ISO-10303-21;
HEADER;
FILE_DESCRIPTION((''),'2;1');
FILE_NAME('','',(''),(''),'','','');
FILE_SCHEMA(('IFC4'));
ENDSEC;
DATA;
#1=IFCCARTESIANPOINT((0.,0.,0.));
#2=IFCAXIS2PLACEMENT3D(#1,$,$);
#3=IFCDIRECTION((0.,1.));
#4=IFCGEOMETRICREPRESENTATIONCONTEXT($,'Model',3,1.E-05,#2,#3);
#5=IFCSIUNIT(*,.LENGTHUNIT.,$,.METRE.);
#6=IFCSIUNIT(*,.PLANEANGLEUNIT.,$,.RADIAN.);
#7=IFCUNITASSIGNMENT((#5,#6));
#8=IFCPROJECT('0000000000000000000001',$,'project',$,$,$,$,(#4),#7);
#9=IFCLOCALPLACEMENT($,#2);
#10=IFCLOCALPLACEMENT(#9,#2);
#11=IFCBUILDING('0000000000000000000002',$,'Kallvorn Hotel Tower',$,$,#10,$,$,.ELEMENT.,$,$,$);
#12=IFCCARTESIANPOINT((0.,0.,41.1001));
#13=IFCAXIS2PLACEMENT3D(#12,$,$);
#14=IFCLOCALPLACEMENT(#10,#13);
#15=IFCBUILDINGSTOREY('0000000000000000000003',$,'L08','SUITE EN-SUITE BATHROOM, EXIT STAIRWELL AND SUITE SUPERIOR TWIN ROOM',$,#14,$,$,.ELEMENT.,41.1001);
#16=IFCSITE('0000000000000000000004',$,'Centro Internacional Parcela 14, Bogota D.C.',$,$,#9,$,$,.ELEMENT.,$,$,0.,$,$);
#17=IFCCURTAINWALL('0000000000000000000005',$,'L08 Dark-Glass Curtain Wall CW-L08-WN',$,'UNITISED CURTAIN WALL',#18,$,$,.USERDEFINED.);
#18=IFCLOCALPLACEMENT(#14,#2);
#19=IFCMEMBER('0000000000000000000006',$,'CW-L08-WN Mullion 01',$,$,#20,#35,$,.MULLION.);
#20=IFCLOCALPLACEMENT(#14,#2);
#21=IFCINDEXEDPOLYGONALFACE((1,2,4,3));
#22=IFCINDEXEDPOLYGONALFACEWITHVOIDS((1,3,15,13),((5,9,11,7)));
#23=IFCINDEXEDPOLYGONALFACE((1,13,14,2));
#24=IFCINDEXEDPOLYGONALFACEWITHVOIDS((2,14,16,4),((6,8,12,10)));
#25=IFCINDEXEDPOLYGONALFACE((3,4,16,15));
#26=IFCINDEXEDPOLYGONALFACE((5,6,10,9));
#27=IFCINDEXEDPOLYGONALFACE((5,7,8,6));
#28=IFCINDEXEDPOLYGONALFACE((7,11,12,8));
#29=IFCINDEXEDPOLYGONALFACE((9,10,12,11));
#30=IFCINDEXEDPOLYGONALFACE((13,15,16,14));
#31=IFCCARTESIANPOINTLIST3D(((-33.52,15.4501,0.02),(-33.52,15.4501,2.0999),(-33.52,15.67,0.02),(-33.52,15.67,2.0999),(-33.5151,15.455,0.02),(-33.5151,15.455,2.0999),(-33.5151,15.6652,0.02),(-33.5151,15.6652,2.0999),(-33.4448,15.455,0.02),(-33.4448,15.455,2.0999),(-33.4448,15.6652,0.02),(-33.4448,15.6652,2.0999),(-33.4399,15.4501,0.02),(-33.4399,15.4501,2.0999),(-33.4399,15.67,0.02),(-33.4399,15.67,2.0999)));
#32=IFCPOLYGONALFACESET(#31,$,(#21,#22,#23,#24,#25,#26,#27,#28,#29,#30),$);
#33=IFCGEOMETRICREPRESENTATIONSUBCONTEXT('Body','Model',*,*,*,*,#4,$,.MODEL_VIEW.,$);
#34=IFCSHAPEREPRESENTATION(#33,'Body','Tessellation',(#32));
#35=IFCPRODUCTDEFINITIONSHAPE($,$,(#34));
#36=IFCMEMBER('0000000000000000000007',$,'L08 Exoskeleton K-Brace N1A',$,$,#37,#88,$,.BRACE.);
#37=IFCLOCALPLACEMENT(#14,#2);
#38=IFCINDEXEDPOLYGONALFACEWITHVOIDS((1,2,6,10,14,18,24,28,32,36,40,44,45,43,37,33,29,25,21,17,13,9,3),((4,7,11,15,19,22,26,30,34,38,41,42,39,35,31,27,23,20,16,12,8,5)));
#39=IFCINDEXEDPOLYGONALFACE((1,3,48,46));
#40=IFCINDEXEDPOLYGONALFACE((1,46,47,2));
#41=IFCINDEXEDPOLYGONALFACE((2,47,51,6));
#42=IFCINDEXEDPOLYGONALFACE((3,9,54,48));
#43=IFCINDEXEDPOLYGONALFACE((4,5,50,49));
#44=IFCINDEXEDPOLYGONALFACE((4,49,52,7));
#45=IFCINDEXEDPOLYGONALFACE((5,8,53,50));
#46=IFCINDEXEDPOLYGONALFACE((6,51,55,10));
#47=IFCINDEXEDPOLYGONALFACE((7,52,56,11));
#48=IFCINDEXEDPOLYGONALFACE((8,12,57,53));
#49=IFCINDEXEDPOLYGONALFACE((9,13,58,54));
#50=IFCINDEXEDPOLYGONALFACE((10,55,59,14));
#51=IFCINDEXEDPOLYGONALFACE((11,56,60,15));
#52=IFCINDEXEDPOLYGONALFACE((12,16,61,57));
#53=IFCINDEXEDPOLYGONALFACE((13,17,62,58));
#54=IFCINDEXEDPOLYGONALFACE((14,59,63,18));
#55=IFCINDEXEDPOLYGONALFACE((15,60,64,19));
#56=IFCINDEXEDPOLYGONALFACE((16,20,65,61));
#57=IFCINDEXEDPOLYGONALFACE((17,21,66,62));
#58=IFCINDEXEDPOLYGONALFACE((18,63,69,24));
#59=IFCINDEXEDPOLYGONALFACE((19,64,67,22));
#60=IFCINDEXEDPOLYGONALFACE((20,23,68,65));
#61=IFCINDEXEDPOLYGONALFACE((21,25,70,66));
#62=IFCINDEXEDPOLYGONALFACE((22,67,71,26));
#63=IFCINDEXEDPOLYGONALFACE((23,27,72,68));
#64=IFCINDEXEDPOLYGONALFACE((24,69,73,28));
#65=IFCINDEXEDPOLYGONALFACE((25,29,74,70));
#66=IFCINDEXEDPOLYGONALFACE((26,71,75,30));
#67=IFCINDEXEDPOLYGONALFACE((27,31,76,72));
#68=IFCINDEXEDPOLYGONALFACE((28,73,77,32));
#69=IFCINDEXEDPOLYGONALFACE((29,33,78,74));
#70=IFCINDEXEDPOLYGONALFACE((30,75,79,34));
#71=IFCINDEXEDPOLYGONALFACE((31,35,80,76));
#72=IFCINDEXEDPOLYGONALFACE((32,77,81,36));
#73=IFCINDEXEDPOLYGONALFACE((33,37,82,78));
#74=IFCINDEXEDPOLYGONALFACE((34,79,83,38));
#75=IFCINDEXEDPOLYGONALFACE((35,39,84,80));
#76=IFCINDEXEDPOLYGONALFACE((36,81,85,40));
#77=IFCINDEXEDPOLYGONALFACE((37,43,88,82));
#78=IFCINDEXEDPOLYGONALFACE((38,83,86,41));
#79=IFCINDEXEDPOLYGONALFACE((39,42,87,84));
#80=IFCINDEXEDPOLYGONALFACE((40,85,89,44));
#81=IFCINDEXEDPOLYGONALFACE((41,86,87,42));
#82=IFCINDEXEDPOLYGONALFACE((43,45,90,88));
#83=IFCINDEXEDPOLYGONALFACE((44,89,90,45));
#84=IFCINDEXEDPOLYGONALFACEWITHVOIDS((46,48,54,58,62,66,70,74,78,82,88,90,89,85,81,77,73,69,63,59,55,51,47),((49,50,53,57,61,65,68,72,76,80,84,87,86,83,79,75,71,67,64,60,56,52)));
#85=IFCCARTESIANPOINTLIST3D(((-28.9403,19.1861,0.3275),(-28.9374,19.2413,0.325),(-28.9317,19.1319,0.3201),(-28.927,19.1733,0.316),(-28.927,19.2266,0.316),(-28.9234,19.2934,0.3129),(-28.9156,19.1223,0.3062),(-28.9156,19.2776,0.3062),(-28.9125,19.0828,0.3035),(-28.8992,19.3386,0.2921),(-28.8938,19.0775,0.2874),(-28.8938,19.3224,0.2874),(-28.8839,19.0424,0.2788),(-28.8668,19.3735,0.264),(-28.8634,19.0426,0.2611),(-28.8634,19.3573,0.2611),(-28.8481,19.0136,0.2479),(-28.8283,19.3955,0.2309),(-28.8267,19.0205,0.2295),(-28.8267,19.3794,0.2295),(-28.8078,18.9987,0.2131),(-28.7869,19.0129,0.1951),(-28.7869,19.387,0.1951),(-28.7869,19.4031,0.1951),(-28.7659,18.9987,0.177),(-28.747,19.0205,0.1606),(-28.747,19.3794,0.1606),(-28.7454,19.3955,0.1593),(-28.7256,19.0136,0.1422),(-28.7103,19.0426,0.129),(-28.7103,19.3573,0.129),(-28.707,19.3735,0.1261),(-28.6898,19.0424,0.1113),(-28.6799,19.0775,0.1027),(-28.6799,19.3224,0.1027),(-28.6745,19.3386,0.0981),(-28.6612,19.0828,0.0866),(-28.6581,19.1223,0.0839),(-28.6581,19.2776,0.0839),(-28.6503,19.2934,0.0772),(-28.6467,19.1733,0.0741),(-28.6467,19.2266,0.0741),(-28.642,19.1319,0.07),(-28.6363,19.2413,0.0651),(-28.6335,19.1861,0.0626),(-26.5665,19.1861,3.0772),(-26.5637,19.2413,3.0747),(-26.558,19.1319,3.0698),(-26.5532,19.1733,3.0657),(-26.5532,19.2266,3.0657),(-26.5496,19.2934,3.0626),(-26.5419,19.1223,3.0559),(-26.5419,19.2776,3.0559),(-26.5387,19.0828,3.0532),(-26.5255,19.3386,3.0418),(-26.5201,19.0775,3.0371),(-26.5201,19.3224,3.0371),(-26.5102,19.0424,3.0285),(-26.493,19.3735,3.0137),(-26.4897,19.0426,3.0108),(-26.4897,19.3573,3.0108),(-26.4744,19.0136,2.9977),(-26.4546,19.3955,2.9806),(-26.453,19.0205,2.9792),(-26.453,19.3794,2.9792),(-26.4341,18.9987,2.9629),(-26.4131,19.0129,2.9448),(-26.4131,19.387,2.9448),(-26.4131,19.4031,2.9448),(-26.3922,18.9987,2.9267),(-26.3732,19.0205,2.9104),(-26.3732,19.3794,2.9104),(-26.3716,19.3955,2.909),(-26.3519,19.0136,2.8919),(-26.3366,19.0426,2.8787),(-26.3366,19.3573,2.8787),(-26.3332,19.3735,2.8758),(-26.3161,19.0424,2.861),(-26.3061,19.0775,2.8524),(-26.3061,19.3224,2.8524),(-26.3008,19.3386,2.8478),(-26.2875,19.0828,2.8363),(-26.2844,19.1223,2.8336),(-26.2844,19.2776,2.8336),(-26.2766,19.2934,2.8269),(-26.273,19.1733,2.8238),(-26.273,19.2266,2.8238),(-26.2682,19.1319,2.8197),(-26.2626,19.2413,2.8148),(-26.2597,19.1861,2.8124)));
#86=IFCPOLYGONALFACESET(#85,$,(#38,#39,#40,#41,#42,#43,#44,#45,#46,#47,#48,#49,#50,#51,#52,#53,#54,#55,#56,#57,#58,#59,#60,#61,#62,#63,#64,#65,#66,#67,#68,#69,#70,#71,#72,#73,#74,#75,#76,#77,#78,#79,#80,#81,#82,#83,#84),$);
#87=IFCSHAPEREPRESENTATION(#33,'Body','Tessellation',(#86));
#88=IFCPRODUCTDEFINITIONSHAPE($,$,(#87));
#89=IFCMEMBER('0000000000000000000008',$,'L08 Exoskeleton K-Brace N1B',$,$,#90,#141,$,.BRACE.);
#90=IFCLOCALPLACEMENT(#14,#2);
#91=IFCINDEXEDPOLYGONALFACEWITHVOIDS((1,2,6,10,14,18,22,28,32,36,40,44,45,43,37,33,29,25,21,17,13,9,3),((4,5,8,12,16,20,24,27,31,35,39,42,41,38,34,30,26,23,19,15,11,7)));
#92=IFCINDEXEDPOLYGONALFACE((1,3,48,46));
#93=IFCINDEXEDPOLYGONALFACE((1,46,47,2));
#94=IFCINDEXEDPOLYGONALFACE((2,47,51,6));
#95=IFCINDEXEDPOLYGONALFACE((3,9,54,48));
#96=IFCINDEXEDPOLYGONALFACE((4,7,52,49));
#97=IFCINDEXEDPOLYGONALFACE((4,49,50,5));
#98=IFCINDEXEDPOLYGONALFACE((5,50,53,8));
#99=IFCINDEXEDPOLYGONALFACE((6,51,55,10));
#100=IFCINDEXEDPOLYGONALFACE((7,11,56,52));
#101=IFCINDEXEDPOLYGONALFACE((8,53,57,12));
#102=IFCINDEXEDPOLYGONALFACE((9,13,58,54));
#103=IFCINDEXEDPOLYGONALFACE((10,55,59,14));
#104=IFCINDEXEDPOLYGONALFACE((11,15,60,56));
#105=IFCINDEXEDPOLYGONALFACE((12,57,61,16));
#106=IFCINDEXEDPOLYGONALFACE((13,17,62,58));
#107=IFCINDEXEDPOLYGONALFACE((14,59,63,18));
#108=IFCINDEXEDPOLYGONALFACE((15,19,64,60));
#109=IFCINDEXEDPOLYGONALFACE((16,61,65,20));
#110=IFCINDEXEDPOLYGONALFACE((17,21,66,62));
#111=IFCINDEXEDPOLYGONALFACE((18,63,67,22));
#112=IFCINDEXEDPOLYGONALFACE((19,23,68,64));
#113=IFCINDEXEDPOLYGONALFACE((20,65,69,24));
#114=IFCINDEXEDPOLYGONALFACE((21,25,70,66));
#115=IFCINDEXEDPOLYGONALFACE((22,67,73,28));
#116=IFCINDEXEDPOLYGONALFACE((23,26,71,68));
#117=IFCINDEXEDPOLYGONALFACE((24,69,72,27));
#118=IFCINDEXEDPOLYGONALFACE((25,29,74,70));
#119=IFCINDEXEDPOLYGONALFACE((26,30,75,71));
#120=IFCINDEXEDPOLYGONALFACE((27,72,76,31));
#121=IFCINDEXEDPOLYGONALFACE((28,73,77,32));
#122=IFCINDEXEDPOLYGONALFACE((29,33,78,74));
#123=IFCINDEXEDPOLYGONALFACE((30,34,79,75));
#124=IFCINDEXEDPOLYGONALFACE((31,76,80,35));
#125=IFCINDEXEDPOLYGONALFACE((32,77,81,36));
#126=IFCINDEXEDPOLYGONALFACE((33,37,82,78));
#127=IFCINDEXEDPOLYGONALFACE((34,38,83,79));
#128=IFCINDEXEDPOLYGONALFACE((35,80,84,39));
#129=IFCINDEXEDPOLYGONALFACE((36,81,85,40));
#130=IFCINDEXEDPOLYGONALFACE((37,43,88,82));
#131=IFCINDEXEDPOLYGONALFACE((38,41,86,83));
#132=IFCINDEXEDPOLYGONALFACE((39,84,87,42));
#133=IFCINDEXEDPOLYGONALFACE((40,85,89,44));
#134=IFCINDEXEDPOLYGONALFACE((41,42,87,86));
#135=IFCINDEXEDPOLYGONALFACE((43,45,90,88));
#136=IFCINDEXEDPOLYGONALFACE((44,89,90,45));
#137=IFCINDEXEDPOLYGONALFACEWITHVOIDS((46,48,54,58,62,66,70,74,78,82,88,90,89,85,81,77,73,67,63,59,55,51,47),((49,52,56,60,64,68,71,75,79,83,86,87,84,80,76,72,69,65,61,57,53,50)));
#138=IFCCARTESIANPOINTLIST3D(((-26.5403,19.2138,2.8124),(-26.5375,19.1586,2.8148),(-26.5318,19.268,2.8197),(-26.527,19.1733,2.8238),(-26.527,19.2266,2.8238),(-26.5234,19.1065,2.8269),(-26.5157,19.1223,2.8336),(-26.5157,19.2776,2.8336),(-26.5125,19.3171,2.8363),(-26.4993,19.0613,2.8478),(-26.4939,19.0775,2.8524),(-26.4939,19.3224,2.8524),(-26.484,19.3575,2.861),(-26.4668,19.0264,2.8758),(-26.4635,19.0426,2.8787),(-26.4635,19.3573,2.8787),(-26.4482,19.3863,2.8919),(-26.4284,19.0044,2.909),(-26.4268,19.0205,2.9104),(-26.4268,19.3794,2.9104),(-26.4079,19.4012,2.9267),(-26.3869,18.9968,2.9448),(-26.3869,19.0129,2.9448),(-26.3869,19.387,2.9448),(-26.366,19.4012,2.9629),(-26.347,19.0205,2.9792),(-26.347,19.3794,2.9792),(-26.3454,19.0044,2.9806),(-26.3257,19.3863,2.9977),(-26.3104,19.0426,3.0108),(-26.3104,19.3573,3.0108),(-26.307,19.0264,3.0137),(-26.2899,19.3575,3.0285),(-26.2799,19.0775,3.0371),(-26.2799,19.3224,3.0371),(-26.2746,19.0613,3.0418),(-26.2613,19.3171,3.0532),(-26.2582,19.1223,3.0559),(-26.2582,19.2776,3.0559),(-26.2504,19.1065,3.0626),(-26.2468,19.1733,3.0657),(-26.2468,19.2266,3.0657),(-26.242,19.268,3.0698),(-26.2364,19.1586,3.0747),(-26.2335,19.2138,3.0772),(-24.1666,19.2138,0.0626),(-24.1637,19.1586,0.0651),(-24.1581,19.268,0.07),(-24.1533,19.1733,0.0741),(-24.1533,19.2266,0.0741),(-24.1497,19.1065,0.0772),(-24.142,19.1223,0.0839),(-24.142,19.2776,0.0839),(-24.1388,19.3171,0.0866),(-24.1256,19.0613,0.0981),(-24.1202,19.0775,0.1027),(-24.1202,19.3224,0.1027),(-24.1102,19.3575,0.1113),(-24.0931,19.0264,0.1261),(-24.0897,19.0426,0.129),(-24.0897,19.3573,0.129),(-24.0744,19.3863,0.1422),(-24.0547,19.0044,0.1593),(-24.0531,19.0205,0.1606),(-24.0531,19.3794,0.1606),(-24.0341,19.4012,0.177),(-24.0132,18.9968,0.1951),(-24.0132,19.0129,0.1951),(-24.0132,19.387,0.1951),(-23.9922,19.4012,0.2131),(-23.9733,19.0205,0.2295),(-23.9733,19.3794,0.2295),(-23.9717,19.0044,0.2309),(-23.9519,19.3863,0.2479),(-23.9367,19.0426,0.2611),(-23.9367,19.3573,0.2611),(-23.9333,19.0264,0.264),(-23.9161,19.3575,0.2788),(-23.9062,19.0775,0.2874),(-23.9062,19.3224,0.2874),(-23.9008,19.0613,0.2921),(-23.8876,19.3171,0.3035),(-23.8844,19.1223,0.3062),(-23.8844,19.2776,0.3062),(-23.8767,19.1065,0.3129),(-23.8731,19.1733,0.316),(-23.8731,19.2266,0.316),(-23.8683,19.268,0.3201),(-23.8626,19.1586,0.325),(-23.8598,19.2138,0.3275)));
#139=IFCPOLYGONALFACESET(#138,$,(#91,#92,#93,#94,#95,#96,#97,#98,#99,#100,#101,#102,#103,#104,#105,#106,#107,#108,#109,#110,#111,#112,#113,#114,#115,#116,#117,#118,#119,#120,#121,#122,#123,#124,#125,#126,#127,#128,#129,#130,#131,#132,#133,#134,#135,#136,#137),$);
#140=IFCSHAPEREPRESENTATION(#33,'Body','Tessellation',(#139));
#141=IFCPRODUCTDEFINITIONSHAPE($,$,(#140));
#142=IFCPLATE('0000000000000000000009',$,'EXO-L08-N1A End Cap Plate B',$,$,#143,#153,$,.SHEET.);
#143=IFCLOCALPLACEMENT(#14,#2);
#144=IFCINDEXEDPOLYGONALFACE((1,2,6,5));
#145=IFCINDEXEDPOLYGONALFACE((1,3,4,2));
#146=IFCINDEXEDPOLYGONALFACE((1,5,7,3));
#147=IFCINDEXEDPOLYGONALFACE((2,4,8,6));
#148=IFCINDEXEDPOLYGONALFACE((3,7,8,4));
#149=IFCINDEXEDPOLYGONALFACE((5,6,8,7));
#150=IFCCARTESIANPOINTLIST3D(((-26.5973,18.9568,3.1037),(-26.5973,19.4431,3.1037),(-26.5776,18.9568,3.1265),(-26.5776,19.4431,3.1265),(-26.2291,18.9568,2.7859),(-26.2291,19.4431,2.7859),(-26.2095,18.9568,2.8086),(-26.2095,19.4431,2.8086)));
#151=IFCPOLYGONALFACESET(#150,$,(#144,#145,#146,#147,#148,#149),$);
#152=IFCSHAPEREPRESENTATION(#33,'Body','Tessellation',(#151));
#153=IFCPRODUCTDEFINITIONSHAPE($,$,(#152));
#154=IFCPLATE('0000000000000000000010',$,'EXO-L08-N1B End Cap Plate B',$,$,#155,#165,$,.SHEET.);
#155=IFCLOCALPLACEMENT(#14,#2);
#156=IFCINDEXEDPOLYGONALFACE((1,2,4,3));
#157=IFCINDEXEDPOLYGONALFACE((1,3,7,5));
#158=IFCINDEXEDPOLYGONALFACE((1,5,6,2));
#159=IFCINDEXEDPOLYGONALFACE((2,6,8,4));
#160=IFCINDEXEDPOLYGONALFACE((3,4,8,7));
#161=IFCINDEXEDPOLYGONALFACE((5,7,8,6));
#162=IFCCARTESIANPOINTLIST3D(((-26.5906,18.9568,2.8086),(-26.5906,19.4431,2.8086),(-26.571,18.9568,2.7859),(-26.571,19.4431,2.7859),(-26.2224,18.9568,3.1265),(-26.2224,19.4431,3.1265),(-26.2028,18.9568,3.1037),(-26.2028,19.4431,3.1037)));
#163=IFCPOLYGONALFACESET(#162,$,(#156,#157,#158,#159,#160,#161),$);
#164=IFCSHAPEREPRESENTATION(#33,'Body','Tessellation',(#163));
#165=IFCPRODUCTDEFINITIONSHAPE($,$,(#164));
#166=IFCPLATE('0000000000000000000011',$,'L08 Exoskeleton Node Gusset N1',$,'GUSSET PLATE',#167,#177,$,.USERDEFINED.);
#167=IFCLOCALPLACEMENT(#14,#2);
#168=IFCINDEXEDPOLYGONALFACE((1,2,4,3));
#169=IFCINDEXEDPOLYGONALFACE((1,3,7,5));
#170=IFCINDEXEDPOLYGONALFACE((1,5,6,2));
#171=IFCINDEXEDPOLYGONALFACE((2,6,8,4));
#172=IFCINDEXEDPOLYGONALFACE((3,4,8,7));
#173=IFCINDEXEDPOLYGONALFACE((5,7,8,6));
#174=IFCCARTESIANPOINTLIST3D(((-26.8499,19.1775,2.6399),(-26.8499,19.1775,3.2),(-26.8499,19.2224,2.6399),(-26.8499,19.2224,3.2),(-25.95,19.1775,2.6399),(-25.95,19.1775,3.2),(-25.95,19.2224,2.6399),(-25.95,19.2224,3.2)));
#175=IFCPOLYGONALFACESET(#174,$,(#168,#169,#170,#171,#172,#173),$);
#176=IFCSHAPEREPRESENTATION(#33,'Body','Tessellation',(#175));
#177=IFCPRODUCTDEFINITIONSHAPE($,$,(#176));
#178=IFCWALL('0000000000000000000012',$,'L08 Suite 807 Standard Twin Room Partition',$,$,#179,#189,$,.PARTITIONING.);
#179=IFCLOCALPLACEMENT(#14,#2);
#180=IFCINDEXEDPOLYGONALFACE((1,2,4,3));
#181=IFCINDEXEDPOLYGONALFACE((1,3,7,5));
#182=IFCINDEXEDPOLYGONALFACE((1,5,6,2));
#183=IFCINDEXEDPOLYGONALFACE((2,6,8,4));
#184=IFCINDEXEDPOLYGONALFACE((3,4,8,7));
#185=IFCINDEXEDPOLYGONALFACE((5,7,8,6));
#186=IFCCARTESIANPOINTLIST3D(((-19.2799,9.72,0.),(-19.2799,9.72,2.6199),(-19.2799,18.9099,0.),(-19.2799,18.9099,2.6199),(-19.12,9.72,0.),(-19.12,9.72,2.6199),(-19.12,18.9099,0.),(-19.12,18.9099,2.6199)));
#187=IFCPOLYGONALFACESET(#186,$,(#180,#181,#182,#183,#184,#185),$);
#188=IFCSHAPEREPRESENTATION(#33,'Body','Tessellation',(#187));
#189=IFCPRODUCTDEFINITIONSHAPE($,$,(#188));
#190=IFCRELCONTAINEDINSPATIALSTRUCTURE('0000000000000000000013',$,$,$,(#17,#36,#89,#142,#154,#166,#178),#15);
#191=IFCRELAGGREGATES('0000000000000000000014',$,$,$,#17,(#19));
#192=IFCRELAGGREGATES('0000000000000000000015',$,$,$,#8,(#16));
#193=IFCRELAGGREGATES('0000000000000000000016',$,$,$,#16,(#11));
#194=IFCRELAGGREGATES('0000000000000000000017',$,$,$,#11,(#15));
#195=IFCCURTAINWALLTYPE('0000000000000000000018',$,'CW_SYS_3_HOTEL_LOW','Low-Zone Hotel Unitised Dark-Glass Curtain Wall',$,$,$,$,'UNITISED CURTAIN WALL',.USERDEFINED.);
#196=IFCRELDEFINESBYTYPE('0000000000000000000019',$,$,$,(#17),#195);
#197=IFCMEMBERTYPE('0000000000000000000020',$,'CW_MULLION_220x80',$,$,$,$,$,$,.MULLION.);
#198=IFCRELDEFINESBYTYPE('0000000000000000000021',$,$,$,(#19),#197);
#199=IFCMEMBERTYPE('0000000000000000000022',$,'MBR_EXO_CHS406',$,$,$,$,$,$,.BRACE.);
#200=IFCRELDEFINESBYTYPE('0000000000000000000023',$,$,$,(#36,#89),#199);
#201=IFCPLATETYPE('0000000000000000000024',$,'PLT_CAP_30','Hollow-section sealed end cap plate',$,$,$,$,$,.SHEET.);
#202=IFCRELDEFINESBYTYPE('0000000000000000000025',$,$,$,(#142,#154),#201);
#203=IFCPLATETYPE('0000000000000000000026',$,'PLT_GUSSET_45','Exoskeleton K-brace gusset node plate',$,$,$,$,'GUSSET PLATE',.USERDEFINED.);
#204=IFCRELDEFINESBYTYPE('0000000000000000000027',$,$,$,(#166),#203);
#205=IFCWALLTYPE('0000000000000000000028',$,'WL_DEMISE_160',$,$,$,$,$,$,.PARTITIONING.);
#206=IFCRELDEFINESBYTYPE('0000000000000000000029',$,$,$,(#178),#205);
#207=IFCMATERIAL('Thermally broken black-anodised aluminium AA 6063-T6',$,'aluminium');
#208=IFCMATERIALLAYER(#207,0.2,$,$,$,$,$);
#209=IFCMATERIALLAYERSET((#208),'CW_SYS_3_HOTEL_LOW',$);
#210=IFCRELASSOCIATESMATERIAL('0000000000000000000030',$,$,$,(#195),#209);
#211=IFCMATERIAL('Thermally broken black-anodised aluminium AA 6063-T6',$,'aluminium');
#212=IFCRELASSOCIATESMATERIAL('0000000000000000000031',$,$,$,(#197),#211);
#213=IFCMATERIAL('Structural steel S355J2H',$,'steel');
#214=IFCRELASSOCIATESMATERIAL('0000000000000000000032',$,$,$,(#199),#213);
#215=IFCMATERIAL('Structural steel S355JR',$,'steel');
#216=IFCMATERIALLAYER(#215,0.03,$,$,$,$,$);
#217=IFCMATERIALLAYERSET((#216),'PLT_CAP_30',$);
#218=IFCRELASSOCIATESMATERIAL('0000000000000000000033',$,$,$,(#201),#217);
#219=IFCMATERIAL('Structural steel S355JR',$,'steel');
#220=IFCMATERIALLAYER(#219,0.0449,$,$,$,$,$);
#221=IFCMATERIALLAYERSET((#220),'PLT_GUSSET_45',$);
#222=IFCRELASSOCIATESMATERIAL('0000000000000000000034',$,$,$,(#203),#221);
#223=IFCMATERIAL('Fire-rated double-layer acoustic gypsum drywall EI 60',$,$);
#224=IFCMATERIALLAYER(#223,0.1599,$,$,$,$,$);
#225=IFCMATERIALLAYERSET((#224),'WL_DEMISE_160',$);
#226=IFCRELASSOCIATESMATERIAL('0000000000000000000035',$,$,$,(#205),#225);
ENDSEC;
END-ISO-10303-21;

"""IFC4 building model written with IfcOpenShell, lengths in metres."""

from ifc_helpers import new_model, si_unit, direction, frame, frame_2d, origin, origin_2d, place, context, subcontext, project, spatial, polyline, rectangle, hollow_rectangle, hollow_circle, outline, extrude, material, layer, layer_set, material_profile, profile_set, type_object, element, aggregate, save


model = new_model("IFC4")

# Units and contexts
model_context = context("Model", 3, precision=1e-05, world=origin(), true_north=direction((0.0, 1.0)))
body_context = subcontext(model_context, "Body", "Model", "MODEL_VIEW")
ifc_project = project(units=[si_unit("LENGTHUNIT", "METRE"), si_unit("PLANEANGLEUNIT", "RADIAN")], contexts=[model_context])

# Site, building, storey
site_placement = place(None, origin())
site = spatial("IfcSite", under=ifc_project, at=site_placement, Name="Centro Internacional Parcela 14, Bogota D.C.", CompositionType="ELEMENT", RefElevation=0.0)
building_placement = place(site_placement, origin())
building = spatial("IfcBuilding", under=site, at=building_placement, Name="Kallvorn Hotel Tower", CompositionType="ELEMENT")
storey_placement = place(building_placement, frame((0.0, 0.0, 41.1001)))
storey = spatial("IfcBuildingStorey", under=building, at=storey_placement, Name="L08", Description="SUITE EN-SUITE BATHROOM, EXIT STAIRWELL AND SUITE SUPERIOR TWIN ROOM", CompositionType="ELEMENT", Elevation=41.1001)

# Curtain wall, member
ifc_material_1 = material(Name="Thermally broken black-anodised aluminium AA 6063-T6", Category="aluminium")
ifc_layer_1 = layer(ifc_material_1, 0.2)
ifc_layer_set_1 = layer_set([ifc_layer_1], Name="CW_SYS_3_HOTEL_LOW")
curtain_wall_type = type_object("IfcCurtainWallType", Name="CW_SYS_3_HOTEL_LOW", Description="Low-Zone Hotel Unitised Dark-Glass Curtain Wall", ElementType="UNITISED CURTAIN WALL", PredefinedType="USERDEFINED", material=ifc_layer_set_1)
curtain_wall_placement = place(storey_placement, origin())
curtain_wall = element("IfcCurtainWall", 1, at=curtain_wall_placement, inside=storey, type_object=curtain_wall_type, Name="L08 Dark-Glass Curtain Wall CW-L08-WN", ObjectType="UNITISED CURTAIN WALL", PredefinedType="USERDEFINED")
ifc_material_2 = material(Name="Thermally broken black-anodised aluminium AA 6063-T6", Category="aluminium")
ifc_material_profile_1 = material_profile(ifc_material_2, hollow_rectangle(XDim=0.0801, YDim=0.22, WallThickness=0.0049, at=origin_2d()), Name="MUL 220x80")
ifc_profile_set_1 = profile_set([ifc_material_profile_1], Name="Thermally broken black-anodised aluminium AA 6063-T6")
member_type_1 = type_object("IfcMemberType", Name="CW_MULLION_220x80", PredefinedType="MULLION", material=ifc_profile_set_1)
member_placement = place(storey_placement, frame((-33.48, 15.5601, 0.02), z_axis=(0.0, 0.0, 1.0), x_axis=(1.0, 0.0, 0.0)))
member = element("IfcMember", 2, at=member_placement, type_object=member_type_1, Name="CW-L08-WN Mullion 01", PredefinedType="MULLION", context=body_context, shape_type="SweptSolid", body=[
    extrude(hollow_rectangle(XDim=0.0801, YDim=0.22, WallThickness=0.0049, at=origin_2d()), origin(), (0.0, 0.0, 1.0), 2.0798),
])
aggregate(curtain_wall, [member])

# Members
ifc_material_3 = material(Name="Structural steel S355J2H", Category="steel")
ifc_material_profile_2 = material_profile(ifc_material_3, hollow_circle(Radius=0.2031, WallThickness=0.0161, at=origin_2d()), Name="CHS 406.4x16")
ifc_profile_set_2 = profile_set([ifc_material_profile_2], Name="Structural steel S355J2H")
member_type_2 = type_object("IfcMemberType", Name="MBR_EXO_CHS406", PredefinedType="BRACE", material=ifc_profile_set_2)
for number, where, z_axis, x_axis, name in (
    (3, (-28.7869, 19.2, 0.1951), (0.653461, 0.0, 0.756961), (0.0, 1.0, 0.0), "L08 Exoskeleton K-Brace N1A"),
    (4, (-24.0132, 19.2, 0.1951), (-0.653461, 0.0, 0.756961), (0.0, -1.0, 0.0), "L08 Exoskeleton K-Brace N1B"),
):
    element("IfcMember", number, at=place(storey_placement, frame(where, z_axis=z_axis, x_axis=x_axis)), inside=storey, type_object=member_type_2, Name=name, PredefinedType="BRACE", context=body_context, shape_type="SweptSolid", body=[
        extrude(hollow_circle(Radius=0.2031, WallThickness=0.0161, at=origin_2d()), origin(), (0.0, 0.0, 1.0), 3.6326),
    ])

# Plates
ifc_material_4 = material(Name="Structural steel S355JR", Category="steel")
ifc_layer_2 = layer(ifc_material_4, 0.03)
ifc_layer_set_2 = layer_set([ifc_layer_2], Name="PLT_CAP_30")
plate_type_1 = type_object("IfcPlateType", Name="PLT_CAP_30", Description="Hollow-section sealed end cap plate", PredefinedType="SHEET", material=ifc_layer_set_2)
for number, where, z_axis, x_axis, name in (
    (5, (-26.2095, 18.9568, 2.8086), (0.653515, 0.0, 0.756913), (0.0, 1.0, 0.0), "EXO-L08-N1A End Cap Plate B"),
    (6, (-26.5906, 19.4431, 2.8086), (-0.653515, 0.0, 0.756913), (0.0, -1.0, 0.0), "EXO-L08-N1B End Cap Plate B"),
):
    element("IfcPlate", number, at=place(storey_placement, frame(where, z_axis=z_axis, x_axis=x_axis)), inside=storey, type_object=plate_type_1, Name=name, PredefinedType="SHEET", context=body_context, shape_type="SweptSolid", body=[
        extrude(outline(polyline([(0.0, 0.0), (0.4863, 0.0), (0.4863, 0.4864), (0.0, 0.4864), (0.0, 0.0)])), origin(), (0.0, 0.0, -1.0), 0.03),
    ])
ifc_material_5 = material(Name="Structural steel S355JR", Category="steel")
ifc_layer_3 = layer(ifc_material_5, 0.0449)
ifc_layer_set_3 = layer_set([ifc_layer_3], Name="PLT_GUSSET_45")
plate_type_2 = type_object("IfcPlateType", Name="PLT_GUSSET_45", Description="Exoskeleton K-brace gusset node plate", ElementType="GUSSET PLATE", PredefinedType="USERDEFINED", material=ifc_layer_set_3)
plate_placement = place(storey_placement, frame((-26.3999, 19.2, 2.6399), z_axis=(0.0, 0.0, 1.0), x_axis=(1.0, 0.0, 0.0)))
element("IfcPlate", 7, at=plate_placement, inside=storey, type_object=plate_type_2, Name="L08 Exoskeleton Node Gusset N1", ObjectType="GUSSET PLATE", PredefinedType="USERDEFINED", context=body_context, shape_type="SweptSolid", body=[
    extrude(rectangle(XDim=0.8999, YDim=0.0449, at=origin_2d()), origin(), (0.0, 0.0, 1.0), 0.5601),
])

# Wall
ifc_material_6 = material(Name="Fire-rated double-layer acoustic gypsum drywall EI 60")
ifc_layer_4 = layer(ifc_material_6, 0.1599)
ifc_layer_set_4 = layer_set([ifc_layer_4], Name="WL_DEMISE_160")
wall_type_1 = type_object("IfcWallType", Name="WL_DEMISE_160", PredefinedType="PARTITIONING", material=ifc_layer_set_4)
wall_1_placement = place(storey_placement, frame((-19.2, 9.72, 0.0), z_axis=(0.0, 0.0, 1.0), x_axis=(0.0, 1.0, 0.0)))
element("IfcWall", 8, at=wall_1_placement, inside=storey, type_object=wall_type_1, Name="L08 Suite 807 Standard Twin Room Partition", PredefinedType="PARTITIONING", context=body_context, shape_type="SweptSolid", body=[
    extrude(rectangle(XDim=9.1899, YDim=0.1599, at=frame_2d((4.595, 0.0))), origin(), (0.0, 0.0, 1.0), 2.6199),
])

save(model, "model.ifc")
